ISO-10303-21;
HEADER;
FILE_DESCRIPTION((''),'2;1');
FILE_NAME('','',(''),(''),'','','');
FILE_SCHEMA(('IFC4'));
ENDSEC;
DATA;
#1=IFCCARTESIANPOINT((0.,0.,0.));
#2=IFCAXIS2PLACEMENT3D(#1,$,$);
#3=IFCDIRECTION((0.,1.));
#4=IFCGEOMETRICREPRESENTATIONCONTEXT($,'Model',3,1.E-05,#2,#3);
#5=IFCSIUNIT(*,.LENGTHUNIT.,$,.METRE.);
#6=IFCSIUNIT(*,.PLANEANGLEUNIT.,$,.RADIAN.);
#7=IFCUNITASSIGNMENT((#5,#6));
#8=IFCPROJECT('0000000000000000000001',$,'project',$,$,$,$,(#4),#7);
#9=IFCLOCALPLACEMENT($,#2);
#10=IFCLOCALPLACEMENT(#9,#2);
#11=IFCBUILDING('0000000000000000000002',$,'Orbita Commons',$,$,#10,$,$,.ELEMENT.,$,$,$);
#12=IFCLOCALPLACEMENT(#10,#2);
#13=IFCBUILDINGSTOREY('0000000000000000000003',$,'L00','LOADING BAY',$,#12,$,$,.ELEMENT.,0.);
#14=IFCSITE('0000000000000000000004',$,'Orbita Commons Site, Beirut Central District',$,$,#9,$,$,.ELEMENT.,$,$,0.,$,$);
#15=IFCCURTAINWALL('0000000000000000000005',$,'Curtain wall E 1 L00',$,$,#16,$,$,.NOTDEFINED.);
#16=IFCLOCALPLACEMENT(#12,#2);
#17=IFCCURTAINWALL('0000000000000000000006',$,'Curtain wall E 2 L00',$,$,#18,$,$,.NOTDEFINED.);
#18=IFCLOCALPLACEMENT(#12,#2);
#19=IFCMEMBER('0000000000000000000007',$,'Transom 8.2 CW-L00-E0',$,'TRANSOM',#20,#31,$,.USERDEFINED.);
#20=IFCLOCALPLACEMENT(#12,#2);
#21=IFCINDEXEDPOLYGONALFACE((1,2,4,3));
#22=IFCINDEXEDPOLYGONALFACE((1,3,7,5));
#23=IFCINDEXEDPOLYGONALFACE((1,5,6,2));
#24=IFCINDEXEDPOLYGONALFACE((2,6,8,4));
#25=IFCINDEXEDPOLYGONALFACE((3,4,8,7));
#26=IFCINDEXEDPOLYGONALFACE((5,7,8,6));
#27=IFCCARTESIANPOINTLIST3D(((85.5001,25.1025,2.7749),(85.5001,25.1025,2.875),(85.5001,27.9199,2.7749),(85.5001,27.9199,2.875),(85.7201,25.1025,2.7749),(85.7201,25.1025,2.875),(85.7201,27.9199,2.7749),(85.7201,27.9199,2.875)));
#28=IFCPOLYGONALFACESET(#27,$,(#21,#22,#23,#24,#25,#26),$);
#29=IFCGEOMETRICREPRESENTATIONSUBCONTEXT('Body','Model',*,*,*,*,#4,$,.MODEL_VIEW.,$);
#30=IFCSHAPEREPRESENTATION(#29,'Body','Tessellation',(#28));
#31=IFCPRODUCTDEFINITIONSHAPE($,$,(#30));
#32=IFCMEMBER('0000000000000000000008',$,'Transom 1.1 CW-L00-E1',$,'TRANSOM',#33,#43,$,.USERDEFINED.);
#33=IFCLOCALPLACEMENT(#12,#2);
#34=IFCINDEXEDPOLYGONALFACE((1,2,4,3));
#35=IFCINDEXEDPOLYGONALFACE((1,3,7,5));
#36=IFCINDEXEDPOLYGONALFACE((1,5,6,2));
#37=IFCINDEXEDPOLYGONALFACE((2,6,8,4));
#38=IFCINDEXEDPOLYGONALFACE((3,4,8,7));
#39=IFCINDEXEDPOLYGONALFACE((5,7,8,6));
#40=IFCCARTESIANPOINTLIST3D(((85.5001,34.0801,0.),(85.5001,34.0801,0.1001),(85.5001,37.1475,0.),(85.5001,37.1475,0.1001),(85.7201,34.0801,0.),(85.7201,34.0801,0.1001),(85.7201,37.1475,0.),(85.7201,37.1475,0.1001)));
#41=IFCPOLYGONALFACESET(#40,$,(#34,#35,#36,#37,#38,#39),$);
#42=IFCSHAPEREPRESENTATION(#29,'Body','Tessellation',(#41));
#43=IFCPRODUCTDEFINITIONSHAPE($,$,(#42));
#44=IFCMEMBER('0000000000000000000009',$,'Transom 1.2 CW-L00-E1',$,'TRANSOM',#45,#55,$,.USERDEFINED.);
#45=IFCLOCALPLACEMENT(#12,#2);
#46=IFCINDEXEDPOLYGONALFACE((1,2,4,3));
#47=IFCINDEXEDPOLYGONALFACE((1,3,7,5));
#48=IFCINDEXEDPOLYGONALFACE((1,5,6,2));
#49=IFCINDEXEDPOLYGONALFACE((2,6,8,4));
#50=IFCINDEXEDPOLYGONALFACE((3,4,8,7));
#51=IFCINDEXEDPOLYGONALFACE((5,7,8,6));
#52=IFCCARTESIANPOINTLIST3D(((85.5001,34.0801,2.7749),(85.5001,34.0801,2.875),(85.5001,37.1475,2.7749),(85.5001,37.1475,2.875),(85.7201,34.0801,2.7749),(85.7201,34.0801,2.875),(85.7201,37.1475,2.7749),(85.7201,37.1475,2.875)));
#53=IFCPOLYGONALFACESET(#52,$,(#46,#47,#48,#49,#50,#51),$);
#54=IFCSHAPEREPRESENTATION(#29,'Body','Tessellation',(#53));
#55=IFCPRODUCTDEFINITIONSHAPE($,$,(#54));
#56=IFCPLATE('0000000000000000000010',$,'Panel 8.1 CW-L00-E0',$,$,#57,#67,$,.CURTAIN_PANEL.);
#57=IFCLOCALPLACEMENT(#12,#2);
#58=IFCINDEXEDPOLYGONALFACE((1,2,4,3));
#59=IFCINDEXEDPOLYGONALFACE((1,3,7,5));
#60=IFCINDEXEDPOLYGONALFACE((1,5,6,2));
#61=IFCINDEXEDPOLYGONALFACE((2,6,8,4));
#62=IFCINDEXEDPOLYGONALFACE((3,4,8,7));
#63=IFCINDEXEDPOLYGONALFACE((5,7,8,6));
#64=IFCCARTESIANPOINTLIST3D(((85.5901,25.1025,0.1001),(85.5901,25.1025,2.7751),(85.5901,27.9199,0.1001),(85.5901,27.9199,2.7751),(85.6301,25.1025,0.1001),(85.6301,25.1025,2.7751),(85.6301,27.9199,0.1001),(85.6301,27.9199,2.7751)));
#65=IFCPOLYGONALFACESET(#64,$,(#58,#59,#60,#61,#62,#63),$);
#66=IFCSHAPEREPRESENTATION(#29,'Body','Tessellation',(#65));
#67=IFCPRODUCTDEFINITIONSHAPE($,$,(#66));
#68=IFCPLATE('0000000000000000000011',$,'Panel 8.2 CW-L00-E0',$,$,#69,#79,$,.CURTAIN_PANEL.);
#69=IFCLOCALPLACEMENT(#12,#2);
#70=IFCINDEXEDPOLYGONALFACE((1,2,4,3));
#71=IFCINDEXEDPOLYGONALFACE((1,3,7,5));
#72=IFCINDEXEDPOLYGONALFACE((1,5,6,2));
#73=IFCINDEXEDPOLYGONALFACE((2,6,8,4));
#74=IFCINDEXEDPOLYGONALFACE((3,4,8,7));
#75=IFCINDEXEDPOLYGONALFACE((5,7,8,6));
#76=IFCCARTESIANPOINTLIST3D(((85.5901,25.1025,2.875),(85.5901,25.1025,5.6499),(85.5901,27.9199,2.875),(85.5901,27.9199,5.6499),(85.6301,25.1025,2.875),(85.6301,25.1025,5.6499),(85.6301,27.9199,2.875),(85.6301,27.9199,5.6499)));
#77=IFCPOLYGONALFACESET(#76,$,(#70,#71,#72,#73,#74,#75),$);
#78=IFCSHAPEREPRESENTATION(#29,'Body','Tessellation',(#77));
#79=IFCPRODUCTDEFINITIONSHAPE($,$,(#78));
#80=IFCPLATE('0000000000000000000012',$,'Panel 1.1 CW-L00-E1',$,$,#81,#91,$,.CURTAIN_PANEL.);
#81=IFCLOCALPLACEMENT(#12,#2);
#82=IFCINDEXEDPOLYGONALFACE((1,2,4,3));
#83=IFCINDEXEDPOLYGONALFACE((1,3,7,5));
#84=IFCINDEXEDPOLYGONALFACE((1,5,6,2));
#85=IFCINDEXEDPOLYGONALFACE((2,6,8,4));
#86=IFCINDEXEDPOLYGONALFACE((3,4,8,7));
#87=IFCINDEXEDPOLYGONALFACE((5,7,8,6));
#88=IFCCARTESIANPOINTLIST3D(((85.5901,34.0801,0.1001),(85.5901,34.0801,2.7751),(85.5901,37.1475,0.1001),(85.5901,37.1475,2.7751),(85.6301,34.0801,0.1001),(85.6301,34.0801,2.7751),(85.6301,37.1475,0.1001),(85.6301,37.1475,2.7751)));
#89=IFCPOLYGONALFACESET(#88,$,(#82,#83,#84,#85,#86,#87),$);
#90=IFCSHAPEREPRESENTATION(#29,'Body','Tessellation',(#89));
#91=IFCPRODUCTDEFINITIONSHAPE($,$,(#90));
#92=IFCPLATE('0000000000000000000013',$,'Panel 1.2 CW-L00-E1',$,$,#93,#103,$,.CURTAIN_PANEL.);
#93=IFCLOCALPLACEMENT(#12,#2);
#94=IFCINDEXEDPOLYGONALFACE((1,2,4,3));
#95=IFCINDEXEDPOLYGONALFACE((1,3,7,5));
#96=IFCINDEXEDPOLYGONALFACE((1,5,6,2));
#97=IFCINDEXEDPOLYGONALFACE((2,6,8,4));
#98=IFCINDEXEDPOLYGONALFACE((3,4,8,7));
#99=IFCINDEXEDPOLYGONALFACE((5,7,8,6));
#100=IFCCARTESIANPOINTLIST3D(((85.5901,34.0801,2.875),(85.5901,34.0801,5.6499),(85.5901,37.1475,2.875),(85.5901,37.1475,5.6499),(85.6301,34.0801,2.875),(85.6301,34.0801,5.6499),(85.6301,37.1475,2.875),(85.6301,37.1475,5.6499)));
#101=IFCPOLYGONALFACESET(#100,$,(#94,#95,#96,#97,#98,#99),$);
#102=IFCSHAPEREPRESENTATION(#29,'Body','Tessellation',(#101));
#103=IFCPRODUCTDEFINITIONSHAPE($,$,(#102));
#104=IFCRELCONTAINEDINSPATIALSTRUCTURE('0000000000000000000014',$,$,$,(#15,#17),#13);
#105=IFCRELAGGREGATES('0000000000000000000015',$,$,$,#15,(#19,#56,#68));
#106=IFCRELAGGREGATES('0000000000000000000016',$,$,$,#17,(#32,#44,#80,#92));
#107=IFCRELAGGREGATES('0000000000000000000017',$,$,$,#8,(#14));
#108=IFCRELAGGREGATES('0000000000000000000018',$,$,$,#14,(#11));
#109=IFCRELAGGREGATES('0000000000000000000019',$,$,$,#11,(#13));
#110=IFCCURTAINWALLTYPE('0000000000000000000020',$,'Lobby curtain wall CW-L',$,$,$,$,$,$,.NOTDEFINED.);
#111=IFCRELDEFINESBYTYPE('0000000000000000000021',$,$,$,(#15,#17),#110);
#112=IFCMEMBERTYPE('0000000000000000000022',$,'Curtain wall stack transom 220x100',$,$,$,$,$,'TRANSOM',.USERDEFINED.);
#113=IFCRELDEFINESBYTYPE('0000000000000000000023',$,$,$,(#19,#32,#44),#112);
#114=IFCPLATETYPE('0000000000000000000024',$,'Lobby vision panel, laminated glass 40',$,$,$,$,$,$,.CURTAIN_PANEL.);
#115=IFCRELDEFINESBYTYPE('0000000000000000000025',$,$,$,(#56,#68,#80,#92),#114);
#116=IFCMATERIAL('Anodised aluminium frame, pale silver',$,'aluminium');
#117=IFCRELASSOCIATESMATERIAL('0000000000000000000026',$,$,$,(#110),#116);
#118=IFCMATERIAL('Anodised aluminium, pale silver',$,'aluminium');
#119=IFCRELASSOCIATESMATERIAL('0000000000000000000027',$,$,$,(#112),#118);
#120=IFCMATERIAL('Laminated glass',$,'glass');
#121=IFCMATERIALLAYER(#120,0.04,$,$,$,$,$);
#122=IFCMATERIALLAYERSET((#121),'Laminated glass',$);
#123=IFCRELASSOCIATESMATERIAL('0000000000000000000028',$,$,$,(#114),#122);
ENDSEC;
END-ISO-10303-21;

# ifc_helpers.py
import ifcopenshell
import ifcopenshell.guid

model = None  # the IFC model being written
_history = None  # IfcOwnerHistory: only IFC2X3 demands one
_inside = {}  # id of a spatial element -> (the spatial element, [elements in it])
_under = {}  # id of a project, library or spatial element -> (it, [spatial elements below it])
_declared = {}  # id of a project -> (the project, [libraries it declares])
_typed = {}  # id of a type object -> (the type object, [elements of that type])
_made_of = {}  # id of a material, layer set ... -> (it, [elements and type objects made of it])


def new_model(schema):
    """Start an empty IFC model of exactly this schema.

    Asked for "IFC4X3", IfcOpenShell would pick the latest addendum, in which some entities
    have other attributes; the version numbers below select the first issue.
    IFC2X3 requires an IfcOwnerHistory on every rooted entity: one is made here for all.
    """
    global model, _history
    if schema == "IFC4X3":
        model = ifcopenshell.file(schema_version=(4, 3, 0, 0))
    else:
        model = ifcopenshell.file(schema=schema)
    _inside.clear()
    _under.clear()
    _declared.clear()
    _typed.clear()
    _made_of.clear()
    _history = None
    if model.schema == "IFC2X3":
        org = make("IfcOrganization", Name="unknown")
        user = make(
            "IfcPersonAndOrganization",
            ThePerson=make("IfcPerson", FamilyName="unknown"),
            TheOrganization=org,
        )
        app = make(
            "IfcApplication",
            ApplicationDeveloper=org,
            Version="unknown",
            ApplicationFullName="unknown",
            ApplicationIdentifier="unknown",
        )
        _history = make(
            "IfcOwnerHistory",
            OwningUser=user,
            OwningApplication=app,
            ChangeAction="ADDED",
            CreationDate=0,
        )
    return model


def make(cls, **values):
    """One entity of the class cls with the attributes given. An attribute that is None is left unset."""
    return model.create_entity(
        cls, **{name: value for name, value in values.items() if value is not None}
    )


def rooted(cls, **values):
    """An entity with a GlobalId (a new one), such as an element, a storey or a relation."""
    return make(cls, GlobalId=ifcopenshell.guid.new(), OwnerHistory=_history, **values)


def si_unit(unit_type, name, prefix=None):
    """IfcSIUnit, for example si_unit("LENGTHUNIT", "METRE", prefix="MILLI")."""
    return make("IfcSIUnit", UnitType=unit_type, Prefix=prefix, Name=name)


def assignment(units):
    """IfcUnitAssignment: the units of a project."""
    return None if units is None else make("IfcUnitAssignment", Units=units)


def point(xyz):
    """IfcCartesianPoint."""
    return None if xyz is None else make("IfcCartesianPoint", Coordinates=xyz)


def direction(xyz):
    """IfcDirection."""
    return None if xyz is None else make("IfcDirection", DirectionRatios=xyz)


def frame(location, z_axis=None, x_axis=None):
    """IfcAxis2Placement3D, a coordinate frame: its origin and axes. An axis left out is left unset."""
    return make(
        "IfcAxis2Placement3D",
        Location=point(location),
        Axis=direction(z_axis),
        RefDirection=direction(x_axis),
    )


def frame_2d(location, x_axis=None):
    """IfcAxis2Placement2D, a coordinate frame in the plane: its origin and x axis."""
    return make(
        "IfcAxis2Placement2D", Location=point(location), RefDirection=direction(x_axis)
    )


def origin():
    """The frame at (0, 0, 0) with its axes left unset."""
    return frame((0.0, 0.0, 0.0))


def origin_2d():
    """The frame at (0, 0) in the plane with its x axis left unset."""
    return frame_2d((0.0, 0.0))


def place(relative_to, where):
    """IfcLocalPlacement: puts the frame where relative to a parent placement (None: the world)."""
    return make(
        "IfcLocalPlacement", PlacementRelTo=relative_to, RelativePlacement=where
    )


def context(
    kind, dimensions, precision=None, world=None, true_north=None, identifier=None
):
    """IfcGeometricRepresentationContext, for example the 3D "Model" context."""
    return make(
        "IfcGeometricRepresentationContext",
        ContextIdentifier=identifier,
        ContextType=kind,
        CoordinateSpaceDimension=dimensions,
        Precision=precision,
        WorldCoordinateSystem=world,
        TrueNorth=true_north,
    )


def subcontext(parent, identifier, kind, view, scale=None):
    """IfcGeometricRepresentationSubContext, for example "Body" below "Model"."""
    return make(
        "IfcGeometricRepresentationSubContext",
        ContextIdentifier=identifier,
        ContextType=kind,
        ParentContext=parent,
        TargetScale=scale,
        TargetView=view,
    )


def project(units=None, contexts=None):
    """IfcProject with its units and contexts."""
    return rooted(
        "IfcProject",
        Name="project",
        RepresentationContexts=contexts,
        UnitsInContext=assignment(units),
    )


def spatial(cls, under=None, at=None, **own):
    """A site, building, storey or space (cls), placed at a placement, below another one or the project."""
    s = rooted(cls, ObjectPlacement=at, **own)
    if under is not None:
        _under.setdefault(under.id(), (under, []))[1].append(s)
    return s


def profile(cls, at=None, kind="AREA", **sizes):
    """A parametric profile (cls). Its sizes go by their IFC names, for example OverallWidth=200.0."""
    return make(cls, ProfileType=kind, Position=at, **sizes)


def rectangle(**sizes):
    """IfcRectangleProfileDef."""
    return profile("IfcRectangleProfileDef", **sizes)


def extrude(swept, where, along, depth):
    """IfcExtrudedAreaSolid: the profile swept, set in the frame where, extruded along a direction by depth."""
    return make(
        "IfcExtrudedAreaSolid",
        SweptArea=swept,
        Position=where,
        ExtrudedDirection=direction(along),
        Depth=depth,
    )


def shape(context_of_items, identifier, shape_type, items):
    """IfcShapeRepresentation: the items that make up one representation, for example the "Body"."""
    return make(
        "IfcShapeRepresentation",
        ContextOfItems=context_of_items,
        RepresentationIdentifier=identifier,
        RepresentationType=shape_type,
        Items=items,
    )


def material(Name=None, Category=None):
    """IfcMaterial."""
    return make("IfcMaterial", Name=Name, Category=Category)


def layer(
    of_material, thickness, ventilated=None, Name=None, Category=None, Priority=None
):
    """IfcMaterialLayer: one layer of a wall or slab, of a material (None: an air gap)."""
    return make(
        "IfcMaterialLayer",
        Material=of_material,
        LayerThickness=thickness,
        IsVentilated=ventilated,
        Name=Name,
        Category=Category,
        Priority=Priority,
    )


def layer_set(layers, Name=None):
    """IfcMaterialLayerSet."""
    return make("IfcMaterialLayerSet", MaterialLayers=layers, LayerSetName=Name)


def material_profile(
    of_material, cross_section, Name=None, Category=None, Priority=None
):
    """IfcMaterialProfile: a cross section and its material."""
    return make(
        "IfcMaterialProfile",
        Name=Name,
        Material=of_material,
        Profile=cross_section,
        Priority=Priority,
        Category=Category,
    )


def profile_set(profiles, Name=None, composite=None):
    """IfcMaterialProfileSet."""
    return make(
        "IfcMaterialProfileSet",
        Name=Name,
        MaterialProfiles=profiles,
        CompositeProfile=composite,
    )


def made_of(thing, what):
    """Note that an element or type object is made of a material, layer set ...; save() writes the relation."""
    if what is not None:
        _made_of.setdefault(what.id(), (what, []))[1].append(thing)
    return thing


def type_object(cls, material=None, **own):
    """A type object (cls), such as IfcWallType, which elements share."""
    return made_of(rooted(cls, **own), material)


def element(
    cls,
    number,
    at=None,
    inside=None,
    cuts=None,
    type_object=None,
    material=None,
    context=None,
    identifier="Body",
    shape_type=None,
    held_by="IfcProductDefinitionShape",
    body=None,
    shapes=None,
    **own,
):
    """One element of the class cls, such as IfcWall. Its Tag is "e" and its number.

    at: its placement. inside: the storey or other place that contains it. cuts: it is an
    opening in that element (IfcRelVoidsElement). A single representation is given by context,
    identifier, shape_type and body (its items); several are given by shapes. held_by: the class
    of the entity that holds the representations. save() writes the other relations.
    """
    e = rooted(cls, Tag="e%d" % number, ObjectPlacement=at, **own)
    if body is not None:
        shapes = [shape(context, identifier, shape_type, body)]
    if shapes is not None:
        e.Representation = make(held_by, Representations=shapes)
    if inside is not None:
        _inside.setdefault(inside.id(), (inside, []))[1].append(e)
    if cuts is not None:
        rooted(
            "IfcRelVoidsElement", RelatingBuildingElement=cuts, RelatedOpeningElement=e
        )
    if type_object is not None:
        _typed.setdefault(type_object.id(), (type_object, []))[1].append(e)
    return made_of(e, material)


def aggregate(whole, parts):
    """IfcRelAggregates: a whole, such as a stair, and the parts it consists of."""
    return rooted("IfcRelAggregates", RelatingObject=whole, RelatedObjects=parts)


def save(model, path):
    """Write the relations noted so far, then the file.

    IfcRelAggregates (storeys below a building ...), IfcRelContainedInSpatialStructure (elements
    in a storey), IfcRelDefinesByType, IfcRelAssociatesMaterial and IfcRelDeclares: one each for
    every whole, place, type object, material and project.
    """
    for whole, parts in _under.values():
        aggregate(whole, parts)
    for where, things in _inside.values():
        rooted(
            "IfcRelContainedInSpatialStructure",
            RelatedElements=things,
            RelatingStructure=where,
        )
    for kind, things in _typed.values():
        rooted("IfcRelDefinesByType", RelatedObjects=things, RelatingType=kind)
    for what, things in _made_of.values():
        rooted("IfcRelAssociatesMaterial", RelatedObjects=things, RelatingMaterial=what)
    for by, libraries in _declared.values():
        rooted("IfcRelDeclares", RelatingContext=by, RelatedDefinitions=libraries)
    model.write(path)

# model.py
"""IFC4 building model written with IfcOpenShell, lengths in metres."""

from ifc_helpers import new_model, si_unit, direction, frame, origin, origin_2d, place, context, subcontext, project, spatial, rectangle, extrude, material, layer, layer_set, material_profile, profile_set, type_object, element, aggregate, save


model = new_model("IFC4")

# Units and contexts
model_context = context("Model", 3, precision=1e-05, world=origin(), true_north=direction((0.0, 1.0)))
body_context = subcontext(model_context, "Body", "Model", "MODEL_VIEW")
ifc_project = project(units=[si_unit("LENGTHUNIT", "METRE"), si_unit("PLANEANGLEUNIT", "RADIAN")], contexts=[model_context])

# Site, building, storey
site_placement = place(None, origin())
site = spatial("IfcSite", under=ifc_project, at=site_placement, Name="Orbita Commons Site, Beirut Central District", CompositionType="ELEMENT", RefElevation=0.0)
building_placement = place(site_placement, origin())
building = spatial("IfcBuilding", under=site, at=building_placement, Name="Orbita Commons", CompositionType="ELEMENT")
storey_placement = place(building_placement, origin())
storey = spatial("IfcBuildingStorey", under=building, at=storey_placement, Name="L00", Description="LOADING BAY", CompositionType="ELEMENT", Elevation=0.0)

# Curtain walls
ifc_material_1 = material(Name="Anodised aluminium frame, pale silver", Category="aluminium")
curtain_wall_type = type_object("IfcCurtainWallType", Name="Lobby curtain wall CW-L", PredefinedType="NOTDEFINED", material=ifc_material_1)
curtain_wall_1_placement = place(storey_placement, origin())
curtain_wall_1 = element("IfcCurtainWall", 1, at=curtain_wall_1_placement, inside=storey, type_object=curtain_wall_type, Name="Curtain wall E 1 L00", PredefinedType="NOTDEFINED")
curtain_wall_2_placement = place(storey_placement, origin())
curtain_wall_2 = element("IfcCurtainWall", 2, at=curtain_wall_2_placement, inside=storey, type_object=curtain_wall_type, Name="Curtain wall E 2 L00", PredefinedType="NOTDEFINED")

# Members
ifc_material_2 = material(Name="Anodised aluminium, pale silver", Category="aluminium")
ifc_material_profile_1 = material_profile(ifc_material_2, rectangle(XDim=0.22, YDim=0.1001, at=origin_2d()), Name="AL 220x100")
ifc_profile_set_1 = profile_set([ifc_material_profile_1], Name="Anodised aluminium, pale silver")
member_type_1 = type_object("IfcMemberType", Name="Curtain wall stack transom 220x100", ElementType="TRANSOM", PredefinedType="USERDEFINED", material=ifc_profile_set_1)
member_1_placement = place(storey_placement, frame((85.6101, 25.1025, 2.825), z_axis=(0.0, 1.0, 0.0), x_axis=(-1.0, 0.0, 0.0)))
member_1 = element("IfcMember", 3, at=member_1_placement, type_object=member_type_1, Name="Transom 8.2 CW-L00-E0", ObjectType="TRANSOM", PredefinedType="USERDEFINED", context=body_context, shape_type="SweptSolid", body=[
    extrude(rectangle(XDim=0.22, YDim=0.1001, at=origin_2d()), origin(), (0.0, 0.0, 1.0), 2.8174),
])
member_2_placement = place(storey_placement, frame((85.6101, 34.0801, 0.05), z_axis=(0.0, 1.0, 0.0), x_axis=(-1.0, 0.0, 0.0)))
member_2 = element("IfcMember", 4, at=member_2_placement, type_object=member_type_1, Name="Transom 1.1 CW-L00-E1", ObjectType="TRANSOM", PredefinedType="USERDEFINED", context=body_context, shape_type="SweptSolid", body=[
    extrude(rectangle(XDim=0.22, YDim=0.1001, at=origin_2d()), origin(), (0.0, 0.0, 1.0), 3.0674),
])
member_3_placement = place(storey_placement, frame((85.6101, 34.0801, 2.825), z_axis=(0.0, 1.0, 0.0), x_axis=(-1.0, 0.0, 0.0)))
member_3 = element("IfcMember", 5, at=member_3_placement, type_object=member_type_1, Name="Transom 1.2 CW-L00-E1", ObjectType="TRANSOM", PredefinedType="USERDEFINED", context=body_context, shape_type="SweptSolid", body=[
    extrude(rectangle(XDim=0.22, YDim=0.1001, at=origin_2d()), origin(), (0.0, 0.0, 1.0), 3.0674),
])

# Plates
ifc_material_3 = material(Name="Laminated glass", Category="glass")
ifc_layer = layer(ifc_material_3, 0.04)
ifc_layer_set = layer_set([ifc_layer], Name="Laminated glass")
plate_type = type_object("IfcPlateType", Name="Lobby vision panel, laminated glass 40", PredefinedType="CURTAIN_PANEL", material=ifc_layer_set)
plate_1_placement = place(storey_placement, frame((85.6101, 26.5112, 0.1001), z_axis=(0.0, 0.0, 1.0), x_axis=(0.0, 1.0, 0.0)))
plate_1 = element("IfcPlate", 6, at=plate_1_placement, type_object=plate_type, Name="Panel 8.1 CW-L00-E0", PredefinedType="CURTAIN_PANEL", context=body_context, shape_type="SweptSolid", body=[
    extrude(rectangle(XDim=2.8174, YDim=0.04, at=origin_2d()), origin(), (0.0, 0.0, 1.0), 2.675),
])
plate_2_placement = place(storey_placement, frame((85.6101, 26.5112, 2.875), z_axis=(0.0, 0.0, 1.0), x_axis=(0.0, 1.0, 0.0)))
plate_2 = element("IfcPlate", 7, at=plate_2_placement, type_object=plate_type, Name="Panel 8.2 CW-L00-E0", PredefinedType="CURTAIN_PANEL", context=body_context, shape_type="SweptSolid", body=[
    extrude(rectangle(XDim=2.8174, YDim=0.04, at=origin_2d()), origin(), (0.0, 0.0, 1.0), 2.7749),
])
aggregate(curtain_wall_1, [member_1, plate_1, plate_2])
plate_3_placement = place(storey_placement, frame((85.6101, 35.6138, 0.1001), z_axis=(0.0, 0.0, 1.0), x_axis=(0.0, 1.0, 0.0)))
plate_3 = element("IfcPlate", 8, at=plate_3_placement, type_object=plate_type, Name="Panel 1.1 CW-L00-E1", PredefinedType="CURTAIN_PANEL", context=body_context, shape_type="SweptSolid", body=[
    extrude(rectangle(XDim=3.0674, YDim=0.04, at=origin_2d()), origin(), (0.0, 0.0, 1.0), 2.675),
])
plate_4_placement = place(storey_placement, frame((85.6101, 35.6138, 2.875), z_axis=(0.0, 0.0, 1.0), x_axis=(0.0, 1.0, 0.0)))
plate_4 = element("IfcPlate", 9, at=plate_4_placement, type_object=plate_type, Name="Panel 1.2 CW-L00-E1", PredefinedType="CURTAIN_PANEL", context=body_context, shape_type="SweptSolid", body=[
    extrude(rectangle(XDim=3.0674, YDim=0.04, at=origin_2d()), origin(), (0.0, 0.0, 1.0), 2.7749),
])
aggregate(curtain_wall_2, [member_2, member_3, plate_3, plate_4])

save(model, "model.ifc")
